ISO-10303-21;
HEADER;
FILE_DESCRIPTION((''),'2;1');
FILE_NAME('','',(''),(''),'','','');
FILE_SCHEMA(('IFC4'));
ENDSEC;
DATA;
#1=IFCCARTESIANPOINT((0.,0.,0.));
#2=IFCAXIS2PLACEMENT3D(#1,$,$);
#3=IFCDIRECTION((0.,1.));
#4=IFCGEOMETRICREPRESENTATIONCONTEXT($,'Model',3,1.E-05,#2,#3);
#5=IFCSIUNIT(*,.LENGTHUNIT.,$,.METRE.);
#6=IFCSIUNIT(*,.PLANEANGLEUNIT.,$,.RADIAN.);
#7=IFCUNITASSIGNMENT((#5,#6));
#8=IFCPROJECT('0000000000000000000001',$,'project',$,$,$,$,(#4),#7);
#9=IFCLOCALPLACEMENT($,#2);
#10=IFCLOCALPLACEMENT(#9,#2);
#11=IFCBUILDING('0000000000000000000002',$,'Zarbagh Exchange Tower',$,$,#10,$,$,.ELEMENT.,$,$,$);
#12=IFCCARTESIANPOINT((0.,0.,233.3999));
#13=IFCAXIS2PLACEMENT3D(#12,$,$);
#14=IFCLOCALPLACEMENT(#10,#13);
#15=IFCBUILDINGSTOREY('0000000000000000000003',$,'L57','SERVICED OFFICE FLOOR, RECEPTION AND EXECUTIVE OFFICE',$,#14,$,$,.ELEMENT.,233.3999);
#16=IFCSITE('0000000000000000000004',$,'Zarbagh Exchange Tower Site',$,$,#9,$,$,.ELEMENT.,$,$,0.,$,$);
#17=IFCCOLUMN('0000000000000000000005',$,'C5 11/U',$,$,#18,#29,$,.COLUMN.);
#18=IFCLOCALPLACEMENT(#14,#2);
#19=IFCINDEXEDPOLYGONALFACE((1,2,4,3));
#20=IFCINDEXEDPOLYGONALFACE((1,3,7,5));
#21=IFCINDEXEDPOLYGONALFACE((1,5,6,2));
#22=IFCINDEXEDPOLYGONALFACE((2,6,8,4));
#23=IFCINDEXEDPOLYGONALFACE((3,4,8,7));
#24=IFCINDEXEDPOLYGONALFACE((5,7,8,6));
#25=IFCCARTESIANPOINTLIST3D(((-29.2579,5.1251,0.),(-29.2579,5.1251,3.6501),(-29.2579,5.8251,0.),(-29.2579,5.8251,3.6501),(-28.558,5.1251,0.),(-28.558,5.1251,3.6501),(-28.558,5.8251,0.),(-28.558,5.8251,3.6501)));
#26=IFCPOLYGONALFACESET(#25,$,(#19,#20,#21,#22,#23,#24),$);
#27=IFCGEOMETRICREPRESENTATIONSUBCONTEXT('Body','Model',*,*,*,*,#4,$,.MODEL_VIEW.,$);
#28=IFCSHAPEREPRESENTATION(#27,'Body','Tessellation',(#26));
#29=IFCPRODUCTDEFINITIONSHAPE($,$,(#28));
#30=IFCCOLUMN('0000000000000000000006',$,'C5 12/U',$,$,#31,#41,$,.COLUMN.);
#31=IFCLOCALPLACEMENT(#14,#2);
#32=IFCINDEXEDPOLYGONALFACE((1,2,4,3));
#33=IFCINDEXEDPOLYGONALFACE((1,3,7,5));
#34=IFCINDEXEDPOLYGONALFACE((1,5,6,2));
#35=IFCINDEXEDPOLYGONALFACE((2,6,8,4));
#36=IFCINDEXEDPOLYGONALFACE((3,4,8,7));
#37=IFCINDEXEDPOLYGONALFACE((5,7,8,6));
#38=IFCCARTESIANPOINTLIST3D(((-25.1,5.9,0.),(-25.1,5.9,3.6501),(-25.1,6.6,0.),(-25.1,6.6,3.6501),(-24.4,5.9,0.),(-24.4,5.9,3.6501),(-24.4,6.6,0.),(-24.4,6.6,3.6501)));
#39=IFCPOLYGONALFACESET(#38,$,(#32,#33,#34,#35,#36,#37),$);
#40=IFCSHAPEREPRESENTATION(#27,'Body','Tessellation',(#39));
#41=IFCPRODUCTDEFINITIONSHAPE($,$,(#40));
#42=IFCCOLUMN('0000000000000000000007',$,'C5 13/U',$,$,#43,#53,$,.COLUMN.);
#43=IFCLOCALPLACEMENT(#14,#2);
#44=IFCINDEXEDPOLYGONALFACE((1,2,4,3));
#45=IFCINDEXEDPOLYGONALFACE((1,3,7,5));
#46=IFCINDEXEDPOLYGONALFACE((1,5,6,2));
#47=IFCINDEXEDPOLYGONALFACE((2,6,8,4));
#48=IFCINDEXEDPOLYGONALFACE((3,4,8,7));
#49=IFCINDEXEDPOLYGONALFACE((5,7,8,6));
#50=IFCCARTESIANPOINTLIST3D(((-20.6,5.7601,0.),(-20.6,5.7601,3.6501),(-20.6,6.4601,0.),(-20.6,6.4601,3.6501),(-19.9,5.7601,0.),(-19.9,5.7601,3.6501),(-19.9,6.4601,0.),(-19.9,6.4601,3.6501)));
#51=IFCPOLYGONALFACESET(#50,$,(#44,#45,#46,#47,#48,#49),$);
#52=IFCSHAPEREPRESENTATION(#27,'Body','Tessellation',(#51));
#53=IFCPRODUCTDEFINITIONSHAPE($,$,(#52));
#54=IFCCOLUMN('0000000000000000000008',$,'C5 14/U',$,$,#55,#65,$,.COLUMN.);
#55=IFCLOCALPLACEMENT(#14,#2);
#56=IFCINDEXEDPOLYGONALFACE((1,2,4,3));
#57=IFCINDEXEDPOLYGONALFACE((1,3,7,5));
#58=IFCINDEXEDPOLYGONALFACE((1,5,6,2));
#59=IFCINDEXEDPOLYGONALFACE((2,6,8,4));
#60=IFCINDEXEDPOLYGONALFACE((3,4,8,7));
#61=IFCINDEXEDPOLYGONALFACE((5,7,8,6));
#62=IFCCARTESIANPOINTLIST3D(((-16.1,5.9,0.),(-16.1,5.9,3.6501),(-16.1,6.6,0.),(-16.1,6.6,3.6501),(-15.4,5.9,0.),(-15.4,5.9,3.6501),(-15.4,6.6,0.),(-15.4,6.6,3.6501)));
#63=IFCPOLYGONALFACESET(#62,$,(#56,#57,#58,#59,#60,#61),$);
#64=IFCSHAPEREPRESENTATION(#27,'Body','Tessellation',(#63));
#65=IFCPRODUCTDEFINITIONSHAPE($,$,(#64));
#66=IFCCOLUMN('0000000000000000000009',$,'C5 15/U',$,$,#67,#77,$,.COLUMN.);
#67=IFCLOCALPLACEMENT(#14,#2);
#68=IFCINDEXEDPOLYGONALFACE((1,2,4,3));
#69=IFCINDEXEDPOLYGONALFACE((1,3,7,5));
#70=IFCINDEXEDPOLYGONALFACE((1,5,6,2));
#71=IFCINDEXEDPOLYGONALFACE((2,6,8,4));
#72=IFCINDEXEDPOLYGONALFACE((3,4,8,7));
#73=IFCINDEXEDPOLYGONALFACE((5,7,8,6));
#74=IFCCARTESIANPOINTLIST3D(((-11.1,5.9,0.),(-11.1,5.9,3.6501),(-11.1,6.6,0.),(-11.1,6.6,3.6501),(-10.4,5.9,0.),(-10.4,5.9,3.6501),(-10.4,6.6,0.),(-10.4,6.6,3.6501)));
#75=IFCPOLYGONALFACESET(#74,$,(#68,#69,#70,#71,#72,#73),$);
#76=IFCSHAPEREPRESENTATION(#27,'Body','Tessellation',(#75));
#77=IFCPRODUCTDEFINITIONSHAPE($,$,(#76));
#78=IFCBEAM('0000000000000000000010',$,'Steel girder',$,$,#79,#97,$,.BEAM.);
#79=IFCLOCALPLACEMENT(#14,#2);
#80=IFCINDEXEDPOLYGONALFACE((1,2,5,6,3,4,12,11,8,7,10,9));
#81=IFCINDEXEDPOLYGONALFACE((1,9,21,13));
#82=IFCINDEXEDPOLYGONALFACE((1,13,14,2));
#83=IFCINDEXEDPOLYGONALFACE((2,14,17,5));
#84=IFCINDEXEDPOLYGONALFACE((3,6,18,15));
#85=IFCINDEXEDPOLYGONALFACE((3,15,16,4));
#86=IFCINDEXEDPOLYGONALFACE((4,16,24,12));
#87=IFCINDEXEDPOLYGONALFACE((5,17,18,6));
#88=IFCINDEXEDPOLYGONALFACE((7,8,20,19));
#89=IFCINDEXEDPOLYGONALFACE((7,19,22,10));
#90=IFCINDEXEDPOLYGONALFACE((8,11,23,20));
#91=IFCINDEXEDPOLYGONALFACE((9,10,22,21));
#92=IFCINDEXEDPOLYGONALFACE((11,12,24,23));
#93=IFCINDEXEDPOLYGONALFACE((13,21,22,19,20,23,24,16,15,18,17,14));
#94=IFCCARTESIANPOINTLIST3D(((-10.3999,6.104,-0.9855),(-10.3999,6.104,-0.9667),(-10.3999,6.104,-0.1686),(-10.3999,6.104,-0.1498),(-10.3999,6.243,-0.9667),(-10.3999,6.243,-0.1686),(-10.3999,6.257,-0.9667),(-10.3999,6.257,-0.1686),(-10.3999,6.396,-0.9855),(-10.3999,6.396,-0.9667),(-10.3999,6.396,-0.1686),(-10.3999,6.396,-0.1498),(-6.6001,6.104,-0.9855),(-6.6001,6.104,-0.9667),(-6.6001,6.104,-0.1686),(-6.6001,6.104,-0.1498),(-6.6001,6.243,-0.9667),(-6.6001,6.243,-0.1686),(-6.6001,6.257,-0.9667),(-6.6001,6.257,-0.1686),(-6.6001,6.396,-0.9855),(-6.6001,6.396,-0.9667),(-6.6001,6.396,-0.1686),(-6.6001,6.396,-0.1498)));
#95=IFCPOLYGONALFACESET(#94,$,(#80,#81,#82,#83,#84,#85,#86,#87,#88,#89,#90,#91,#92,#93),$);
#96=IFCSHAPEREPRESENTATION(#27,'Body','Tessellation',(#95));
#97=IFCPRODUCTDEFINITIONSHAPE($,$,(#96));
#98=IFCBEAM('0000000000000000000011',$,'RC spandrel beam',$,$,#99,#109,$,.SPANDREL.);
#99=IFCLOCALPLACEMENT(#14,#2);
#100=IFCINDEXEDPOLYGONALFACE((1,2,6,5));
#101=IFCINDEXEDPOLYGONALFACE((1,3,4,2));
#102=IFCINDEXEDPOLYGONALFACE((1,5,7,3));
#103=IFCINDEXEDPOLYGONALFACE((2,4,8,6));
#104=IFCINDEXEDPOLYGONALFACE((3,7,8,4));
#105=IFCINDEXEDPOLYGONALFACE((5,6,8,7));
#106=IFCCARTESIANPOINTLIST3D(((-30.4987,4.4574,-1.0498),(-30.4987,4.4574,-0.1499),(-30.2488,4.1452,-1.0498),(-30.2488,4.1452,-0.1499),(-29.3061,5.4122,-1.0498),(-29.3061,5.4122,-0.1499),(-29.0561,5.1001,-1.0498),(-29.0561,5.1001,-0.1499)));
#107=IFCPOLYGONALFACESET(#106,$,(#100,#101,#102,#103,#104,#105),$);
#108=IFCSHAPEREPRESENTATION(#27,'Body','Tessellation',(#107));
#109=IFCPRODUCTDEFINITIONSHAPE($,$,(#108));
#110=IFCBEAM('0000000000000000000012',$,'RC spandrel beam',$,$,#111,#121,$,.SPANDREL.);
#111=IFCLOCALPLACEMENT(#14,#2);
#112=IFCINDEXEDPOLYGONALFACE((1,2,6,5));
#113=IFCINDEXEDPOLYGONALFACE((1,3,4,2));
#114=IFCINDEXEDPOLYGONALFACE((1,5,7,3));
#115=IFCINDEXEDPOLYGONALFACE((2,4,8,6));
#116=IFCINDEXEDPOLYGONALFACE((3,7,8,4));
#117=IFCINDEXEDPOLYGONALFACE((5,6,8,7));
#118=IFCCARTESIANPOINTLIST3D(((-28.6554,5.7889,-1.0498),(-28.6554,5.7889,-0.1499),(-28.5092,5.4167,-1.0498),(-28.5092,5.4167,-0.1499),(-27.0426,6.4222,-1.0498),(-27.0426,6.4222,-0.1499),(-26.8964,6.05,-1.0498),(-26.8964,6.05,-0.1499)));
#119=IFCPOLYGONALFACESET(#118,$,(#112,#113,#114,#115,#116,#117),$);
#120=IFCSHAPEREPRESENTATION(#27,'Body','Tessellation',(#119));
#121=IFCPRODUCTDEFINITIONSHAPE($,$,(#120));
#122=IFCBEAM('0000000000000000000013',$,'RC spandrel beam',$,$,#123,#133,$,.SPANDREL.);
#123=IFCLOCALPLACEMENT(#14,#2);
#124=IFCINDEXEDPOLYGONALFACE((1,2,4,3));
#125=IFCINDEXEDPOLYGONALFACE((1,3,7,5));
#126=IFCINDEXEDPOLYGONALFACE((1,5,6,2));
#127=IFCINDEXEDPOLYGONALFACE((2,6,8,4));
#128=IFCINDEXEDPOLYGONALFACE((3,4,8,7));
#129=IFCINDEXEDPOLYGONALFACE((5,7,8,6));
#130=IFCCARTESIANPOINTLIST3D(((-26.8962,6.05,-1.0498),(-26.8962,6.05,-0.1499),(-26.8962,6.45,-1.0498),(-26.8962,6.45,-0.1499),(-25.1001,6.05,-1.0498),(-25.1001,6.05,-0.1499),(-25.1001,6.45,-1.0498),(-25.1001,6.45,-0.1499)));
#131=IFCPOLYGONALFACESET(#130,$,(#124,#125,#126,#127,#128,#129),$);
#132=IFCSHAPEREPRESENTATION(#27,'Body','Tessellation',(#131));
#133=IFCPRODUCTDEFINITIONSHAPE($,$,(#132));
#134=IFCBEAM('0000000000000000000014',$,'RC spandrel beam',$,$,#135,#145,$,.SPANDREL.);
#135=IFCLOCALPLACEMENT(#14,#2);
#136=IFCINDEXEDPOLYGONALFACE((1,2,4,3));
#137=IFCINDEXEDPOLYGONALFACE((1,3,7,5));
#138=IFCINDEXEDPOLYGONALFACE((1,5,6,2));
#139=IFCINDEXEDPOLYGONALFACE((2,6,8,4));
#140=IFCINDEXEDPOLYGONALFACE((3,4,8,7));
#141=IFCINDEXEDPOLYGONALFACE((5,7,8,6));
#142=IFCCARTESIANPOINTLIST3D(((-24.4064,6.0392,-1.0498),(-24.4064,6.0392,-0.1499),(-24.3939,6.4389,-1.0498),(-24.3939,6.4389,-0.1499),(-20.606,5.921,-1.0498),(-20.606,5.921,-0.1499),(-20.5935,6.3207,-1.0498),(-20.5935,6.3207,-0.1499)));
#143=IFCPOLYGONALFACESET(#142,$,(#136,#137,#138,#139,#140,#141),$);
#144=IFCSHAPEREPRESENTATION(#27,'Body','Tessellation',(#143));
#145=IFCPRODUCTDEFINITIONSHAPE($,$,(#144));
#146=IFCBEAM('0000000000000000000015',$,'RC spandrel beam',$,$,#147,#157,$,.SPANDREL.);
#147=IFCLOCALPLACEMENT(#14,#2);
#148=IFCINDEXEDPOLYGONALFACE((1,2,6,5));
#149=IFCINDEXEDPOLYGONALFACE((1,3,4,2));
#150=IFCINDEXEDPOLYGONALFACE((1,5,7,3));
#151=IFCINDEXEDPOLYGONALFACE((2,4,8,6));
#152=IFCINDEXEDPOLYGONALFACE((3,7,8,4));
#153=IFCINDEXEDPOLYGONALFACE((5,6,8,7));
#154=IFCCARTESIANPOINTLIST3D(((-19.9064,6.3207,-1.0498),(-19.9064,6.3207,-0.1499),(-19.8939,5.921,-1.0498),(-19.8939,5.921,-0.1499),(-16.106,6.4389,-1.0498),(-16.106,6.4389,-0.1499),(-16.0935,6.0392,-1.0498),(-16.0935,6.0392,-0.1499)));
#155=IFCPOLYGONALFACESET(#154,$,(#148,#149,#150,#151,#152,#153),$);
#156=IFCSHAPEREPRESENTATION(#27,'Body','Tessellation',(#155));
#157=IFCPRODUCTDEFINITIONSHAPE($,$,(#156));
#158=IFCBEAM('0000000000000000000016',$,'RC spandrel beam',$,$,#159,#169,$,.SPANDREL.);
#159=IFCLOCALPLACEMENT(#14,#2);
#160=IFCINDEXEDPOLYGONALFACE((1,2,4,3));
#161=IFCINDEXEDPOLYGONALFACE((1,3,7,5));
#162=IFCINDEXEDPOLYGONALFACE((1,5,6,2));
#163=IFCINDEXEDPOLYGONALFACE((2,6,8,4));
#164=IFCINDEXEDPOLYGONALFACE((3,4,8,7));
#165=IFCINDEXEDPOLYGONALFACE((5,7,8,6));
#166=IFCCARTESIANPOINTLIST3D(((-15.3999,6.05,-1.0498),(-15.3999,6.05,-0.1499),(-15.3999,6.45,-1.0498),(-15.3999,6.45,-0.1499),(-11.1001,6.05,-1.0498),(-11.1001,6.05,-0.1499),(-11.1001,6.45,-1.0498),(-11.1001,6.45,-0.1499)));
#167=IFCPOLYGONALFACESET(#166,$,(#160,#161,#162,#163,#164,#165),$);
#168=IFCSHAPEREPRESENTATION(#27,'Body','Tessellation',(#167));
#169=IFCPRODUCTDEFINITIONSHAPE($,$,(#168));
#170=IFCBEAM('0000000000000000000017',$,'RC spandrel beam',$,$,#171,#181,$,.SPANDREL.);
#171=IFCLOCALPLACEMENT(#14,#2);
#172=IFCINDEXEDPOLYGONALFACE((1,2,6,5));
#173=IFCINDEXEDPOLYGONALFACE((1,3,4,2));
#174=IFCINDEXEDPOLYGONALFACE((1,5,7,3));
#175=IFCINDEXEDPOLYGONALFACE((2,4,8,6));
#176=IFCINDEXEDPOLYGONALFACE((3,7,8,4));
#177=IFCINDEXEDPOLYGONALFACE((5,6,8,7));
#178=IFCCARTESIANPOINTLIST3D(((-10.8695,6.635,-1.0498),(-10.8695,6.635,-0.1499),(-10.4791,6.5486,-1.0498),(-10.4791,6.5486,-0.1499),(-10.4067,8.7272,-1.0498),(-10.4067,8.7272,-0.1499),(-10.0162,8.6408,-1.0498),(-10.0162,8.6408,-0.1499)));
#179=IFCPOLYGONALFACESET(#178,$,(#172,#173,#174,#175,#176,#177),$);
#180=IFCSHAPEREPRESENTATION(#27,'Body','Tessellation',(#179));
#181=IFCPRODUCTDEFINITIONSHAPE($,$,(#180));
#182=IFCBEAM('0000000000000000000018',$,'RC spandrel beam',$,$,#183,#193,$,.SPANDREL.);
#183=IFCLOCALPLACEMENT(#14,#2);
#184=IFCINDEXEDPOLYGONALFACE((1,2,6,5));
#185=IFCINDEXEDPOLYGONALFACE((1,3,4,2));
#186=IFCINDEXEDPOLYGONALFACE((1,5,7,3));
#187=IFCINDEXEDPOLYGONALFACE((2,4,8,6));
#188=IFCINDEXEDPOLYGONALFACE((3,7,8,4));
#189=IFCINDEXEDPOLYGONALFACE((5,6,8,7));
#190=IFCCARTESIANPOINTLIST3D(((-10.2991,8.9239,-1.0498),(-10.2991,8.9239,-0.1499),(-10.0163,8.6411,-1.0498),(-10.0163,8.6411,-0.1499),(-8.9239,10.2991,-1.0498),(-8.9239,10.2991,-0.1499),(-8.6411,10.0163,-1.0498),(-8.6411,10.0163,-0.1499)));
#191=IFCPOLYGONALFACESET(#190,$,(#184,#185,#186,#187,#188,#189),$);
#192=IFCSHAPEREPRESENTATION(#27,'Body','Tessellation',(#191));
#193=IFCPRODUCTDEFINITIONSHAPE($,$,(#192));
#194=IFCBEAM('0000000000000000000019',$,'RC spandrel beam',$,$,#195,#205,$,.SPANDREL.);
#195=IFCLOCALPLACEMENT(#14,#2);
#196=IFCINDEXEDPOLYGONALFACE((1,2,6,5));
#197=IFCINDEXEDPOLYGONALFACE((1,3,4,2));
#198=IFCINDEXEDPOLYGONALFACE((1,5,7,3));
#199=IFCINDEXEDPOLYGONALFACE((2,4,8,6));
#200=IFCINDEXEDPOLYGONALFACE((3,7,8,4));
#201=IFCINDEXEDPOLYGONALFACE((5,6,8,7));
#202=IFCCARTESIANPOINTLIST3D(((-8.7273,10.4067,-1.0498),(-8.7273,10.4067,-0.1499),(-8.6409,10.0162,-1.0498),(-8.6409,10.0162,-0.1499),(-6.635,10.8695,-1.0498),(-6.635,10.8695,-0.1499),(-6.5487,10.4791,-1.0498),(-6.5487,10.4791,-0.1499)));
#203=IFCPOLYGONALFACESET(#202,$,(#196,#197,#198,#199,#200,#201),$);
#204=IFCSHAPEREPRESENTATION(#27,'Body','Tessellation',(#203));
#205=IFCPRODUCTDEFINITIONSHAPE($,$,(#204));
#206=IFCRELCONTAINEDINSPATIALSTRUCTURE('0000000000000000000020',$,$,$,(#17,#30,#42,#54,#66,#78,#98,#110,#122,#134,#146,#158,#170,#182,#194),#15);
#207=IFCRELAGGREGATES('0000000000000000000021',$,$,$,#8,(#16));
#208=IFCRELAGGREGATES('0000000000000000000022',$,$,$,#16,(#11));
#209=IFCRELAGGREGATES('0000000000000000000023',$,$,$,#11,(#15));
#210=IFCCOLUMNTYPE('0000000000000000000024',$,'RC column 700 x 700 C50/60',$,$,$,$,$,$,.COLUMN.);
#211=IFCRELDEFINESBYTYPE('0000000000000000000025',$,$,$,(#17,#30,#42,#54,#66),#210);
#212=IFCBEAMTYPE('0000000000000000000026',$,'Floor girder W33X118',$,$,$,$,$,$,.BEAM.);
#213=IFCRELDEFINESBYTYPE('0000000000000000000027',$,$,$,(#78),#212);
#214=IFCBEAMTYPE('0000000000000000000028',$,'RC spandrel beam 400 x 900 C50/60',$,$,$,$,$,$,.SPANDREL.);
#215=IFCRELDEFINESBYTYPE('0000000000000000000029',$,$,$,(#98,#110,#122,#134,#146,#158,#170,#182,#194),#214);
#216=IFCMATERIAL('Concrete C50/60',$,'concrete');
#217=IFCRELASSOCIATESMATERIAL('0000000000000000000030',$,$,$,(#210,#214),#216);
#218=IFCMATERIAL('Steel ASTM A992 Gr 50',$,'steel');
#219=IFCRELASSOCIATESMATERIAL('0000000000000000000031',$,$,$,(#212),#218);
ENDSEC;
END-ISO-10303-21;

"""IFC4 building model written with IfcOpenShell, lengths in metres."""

from ifc_helpers import new_model, si_unit, direction, frame, origin, origin_2d, place, context, subcontext, project, spatial, rectangle, i_section, extrude, material, material_profile, profile_set, type_object, element, save


model = new_model("IFC4")

# Units and contexts
model_context = context("Model", 3, precision=1e-05, world=origin(), true_north=direction((0.0, 1.0)))
body_context = subcontext(model_context, "Body", "Model", "MODEL_VIEW")
ifc_project = project(units=[si_unit("LENGTHUNIT", "METRE"), si_unit("PLANEANGLEUNIT", "RADIAN")], contexts=[model_context])

# Site, building, storey
site_placement = place(None, origin())
site = spatial("IfcSite", under=ifc_project, at=site_placement, Name="Zarbagh Exchange Tower Site", CompositionType="ELEMENT", RefElevation=0.0)
building_placement = place(site_placement, origin())
building = spatial("IfcBuilding", under=site, at=building_placement, Name="Zarbagh Exchange Tower", CompositionType="ELEMENT")
storey_placement = place(building_placement, frame((0.0, 0.0, 233.3999)))
storey = spatial("IfcBuildingStorey", under=building, at=storey_placement, Name="L57", Description="SERVICED OFFICE FLOOR, RECEPTION AND EXECUTIVE OFFICE", CompositionType="ELEMENT", Elevation=233.3999)

# Columns
ifc_material_1 = material(Name="Concrete C50/60", Category="concrete")
ifc_material_profile_1 = material_profile(ifc_material_1, rectangle(XDim=0.7, YDim=0.7, at=origin_2d()), Name="RC column 700 x 700 C50/60")
ifc_profile_set_1 = profile_set([ifc_material_profile_1], Name="Concrete C50/60")
column_type = type_object("IfcColumnType", Name="RC column 700 x 700 C50/60", PredefinedType="COLUMN", material=ifc_profile_set_1)
for number, where, z_axis, x_axis, name in (
    (1, (-28.908, 5.4751, 0.0), (0.0, 0.0, 1.0), (1.0, 0.0, 0.0), "C5 11/U"),
    (2, (-24.75, 6.25, 0.0), (0.0, 0.0, 1.0), (1.0, 0.0, 0.0), "C5 12/U"),
    (3, (-20.25, 6.1101, 0.0), (0.0, 0.0, 1.0), (1.0, 0.0, 0.0), "C5 13/U"),
    (4, (-15.75, 6.25, 0.0), (0.0, 0.0, 1.0), (1.0, 0.0, 0.0), "C5 14/U"),
    (5, (-10.75, 6.25, 0.0), (0.0, 0.0, 1.0), (1.0, 0.0, 0.0), "C5 15/U"),
):
    element("IfcColumn", number, at=place(storey_placement, frame(where, z_axis=z_axis, x_axis=x_axis)), inside=storey, type_object=column_type, Name=name, PredefinedType="COLUMN", context=body_context, shape_type="SweptSolid", body=[
        extrude(rectangle(XDim=0.7, YDim=0.7, at=origin_2d()), origin(), (0.0, 0.0, 1.0), 3.6501),
    ])

# Beams
ifc_material_2 = material(Name="Steel ASTM A992 Gr 50", Category="steel")
ifc_material_profile_2 = material_profile(ifc_material_2, i_section(OverallWidth=0.292, OverallDepth=0.8357, WebThickness=0.0139, FlangeThickness=0.0188, at=origin_2d()), Name="W33X118")
ifc_profile_set_2 = profile_set([ifc_material_profile_2], Name="Steel ASTM A992 Gr 50")
beam_type_1 = type_object("IfcBeamType", Name="Floor girder W33X118", PredefinedType="BEAM", material=ifc_profile_set_2)
beam_1_placement = place(storey_placement, frame((-10.3999, 6.25, -0.5676), z_axis=(1.0, 0.0, 0.0), x_axis=(0.0, 1.0, 0.0)))
element("IfcBeam", 6, at=beam_1_placement, inside=storey, type_object=beam_type_1, Name="Steel girder", PredefinedType="BEAM", context=body_context, shape_type="SweptSolid", body=[
    extrude(i_section(OverallWidth=0.292, OverallDepth=0.8357, WebThickness=0.0139, FlangeThickness=0.0188, at=origin_2d()), origin(), (0.0, 0.0, 1.0), 3.7998),
])
ifc_material_profile_3 = material_profile(ifc_material_1, rectangle(XDim=0.3999, YDim=0.8999, at=origin_2d()), Name="RC spandrel beam 400 x 900 C50/60")
ifc_profile_set_3 = profile_set([ifc_material_profile_3], Name="Concrete C50/60")
beam_type_2 = type_object("IfcBeamType", Name="RC spandrel beam 400 x 900 C50/60", PredefinedType="SPANDREL", material=ifc_profile_set_3)
beam_2_placement = place(storey_placement, frame((-30.3738, 4.3013, -0.5999), z_axis=(0.780635, 0.624987, 0.0), x_axis=(-0.624987, 0.780635, 0.0)))
element("IfcBeam", 7, at=beam_2_placement, inside=storey, type_object=beam_type_2, Name="RC spandrel beam", PredefinedType="SPANDREL", context=body_context, shape_type="SweptSolid", body=[
    extrude(rectangle(XDim=0.3999, YDim=0.8999, at=origin_2d()), origin(), (0.0, 0.0, 1.0), 1.5278),
])
beam_3_placement = place(storey_placement, frame((-28.5823, 5.6028, -0.5999), z_axis=(0.93081, 0.365504, 0.0), x_axis=(-0.365504, 0.93081, 0.0)))
element("IfcBeam", 8, at=beam_3_placement, inside=storey, type_object=beam_type_2, Name="RC spandrel beam", PredefinedType="SPANDREL", context=body_context, shape_type="SweptSolid", body=[
    extrude(rectangle(XDim=0.3999, YDim=0.8999, at=origin_2d()), origin(), (0.0, 0.0, 1.0), 1.7327),
])
beam_4_placement = place(storey_placement, frame((-26.8962, 6.25, -0.5999), z_axis=(1.0, 0.0, 0.0), x_axis=(0.0, 1.0, 0.0)))
element("IfcBeam", 9, at=beam_4_placement, inside=storey, type_object=beam_type_2, Name="RC spandrel beam", PredefinedType="SPANDREL", context=body_context, shape_type="SweptSolid", body=[
    extrude(rectangle(XDim=0.3999, YDim=0.8999, at=origin_2d()), origin(), (0.0, 0.0, 1.0), 1.7961),
])
for number, where, z_axis, x_axis, name in (
    (10, (-24.4001, 6.239, -0.5999), (0.999517, -0.031078, 0.0), (0.031078, 0.999517, 0.0), "RC spandrel beam"),
    (11, (-19.9001, 6.1208, -0.5999), (0.999517, 0.031078, 0.0), (-0.031078, 0.999517, 0.0), "RC spandrel beam"),
):
    element("IfcBeam", number, at=place(storey_placement, frame(where, z_axis=z_axis, x_axis=x_axis)), inside=storey, type_object=beam_type_2, Name=name, PredefinedType="SPANDREL", context=body_context, shape_type="SweptSolid", body=[
        extrude(rectangle(XDim=0.3999, YDim=0.8999, at=origin_2d()), origin(), (0.0, 0.0, 1.0), 3.8022),
    ])
beam_5_placement = place(storey_placement, frame((-15.3999, 6.25, -0.5999), z_axis=(1.0, 0.0, 0.0), x_axis=(0.0, 1.0, 0.0)))
element("IfcBeam", 12, at=beam_5_placement, inside=storey, type_object=beam_type_2, Name="RC spandrel beam", PredefinedType="SPANDREL", context=body_context, shape_type="SweptSolid", body=[
    extrude(rectangle(XDim=0.3999, YDim=0.8999, at=origin_2d()), origin(), (0.0, 0.0, 1.0), 4.2998),
])
beam_6_placement = place(storey_placement, frame((-10.6743, 6.5918, -0.5999), z_axis=(0.216014, 0.97639, 0.0), x_axis=(-0.97639, 0.216014, 0.0)))
element("IfcBeam", 13, at=beam_6_placement, inside=storey, type_object=beam_type_2, Name="RC spandrel beam", PredefinedType="SPANDREL", context=body_context, shape_type="SweptSolid", body=[
    extrude(rectangle(XDim=0.3999, YDim=0.8999, at=origin_2d()), origin(), (0.0, 0.0, 1.0), 2.1428),
])
beam_7_placement = place(storey_placement, frame((-10.1577, 8.7825, -0.5999), z_axis=(0.707107, 0.707107, 0.0), x_axis=(-0.707107, 0.707107, 0.0)))
element("IfcBeam", 14, at=beam_7_placement, inside=storey, type_object=beam_type_2, Name="RC spandrel beam", PredefinedType="SPANDREL", context=body_context, shape_type="SweptSolid", body=[
    extrude(rectangle(XDim=0.3999, YDim=0.8999, at=origin_2d()), origin(), (0.0, 0.0, 1.0), 1.9448),
])
beam_8_placement = place(storey_placement, frame((-8.6841, 10.2114, -0.5999), z_axis=(0.97639, 0.216014, 0.0), x_axis=(-0.216014, 0.97639, 0.0)))
element("IfcBeam", 15, at=beam_8_placement, inside=storey, type_object=beam_type_2, Name="RC spandrel beam", PredefinedType="SPANDREL", context=body_context, shape_type="SweptSolid", body=[
    extrude(rectangle(XDim=0.3999, YDim=0.8999, at=origin_2d()), origin(), (0.0, 0.0, 1.0), 2.1428),
])

save(model, "model.ifc")
